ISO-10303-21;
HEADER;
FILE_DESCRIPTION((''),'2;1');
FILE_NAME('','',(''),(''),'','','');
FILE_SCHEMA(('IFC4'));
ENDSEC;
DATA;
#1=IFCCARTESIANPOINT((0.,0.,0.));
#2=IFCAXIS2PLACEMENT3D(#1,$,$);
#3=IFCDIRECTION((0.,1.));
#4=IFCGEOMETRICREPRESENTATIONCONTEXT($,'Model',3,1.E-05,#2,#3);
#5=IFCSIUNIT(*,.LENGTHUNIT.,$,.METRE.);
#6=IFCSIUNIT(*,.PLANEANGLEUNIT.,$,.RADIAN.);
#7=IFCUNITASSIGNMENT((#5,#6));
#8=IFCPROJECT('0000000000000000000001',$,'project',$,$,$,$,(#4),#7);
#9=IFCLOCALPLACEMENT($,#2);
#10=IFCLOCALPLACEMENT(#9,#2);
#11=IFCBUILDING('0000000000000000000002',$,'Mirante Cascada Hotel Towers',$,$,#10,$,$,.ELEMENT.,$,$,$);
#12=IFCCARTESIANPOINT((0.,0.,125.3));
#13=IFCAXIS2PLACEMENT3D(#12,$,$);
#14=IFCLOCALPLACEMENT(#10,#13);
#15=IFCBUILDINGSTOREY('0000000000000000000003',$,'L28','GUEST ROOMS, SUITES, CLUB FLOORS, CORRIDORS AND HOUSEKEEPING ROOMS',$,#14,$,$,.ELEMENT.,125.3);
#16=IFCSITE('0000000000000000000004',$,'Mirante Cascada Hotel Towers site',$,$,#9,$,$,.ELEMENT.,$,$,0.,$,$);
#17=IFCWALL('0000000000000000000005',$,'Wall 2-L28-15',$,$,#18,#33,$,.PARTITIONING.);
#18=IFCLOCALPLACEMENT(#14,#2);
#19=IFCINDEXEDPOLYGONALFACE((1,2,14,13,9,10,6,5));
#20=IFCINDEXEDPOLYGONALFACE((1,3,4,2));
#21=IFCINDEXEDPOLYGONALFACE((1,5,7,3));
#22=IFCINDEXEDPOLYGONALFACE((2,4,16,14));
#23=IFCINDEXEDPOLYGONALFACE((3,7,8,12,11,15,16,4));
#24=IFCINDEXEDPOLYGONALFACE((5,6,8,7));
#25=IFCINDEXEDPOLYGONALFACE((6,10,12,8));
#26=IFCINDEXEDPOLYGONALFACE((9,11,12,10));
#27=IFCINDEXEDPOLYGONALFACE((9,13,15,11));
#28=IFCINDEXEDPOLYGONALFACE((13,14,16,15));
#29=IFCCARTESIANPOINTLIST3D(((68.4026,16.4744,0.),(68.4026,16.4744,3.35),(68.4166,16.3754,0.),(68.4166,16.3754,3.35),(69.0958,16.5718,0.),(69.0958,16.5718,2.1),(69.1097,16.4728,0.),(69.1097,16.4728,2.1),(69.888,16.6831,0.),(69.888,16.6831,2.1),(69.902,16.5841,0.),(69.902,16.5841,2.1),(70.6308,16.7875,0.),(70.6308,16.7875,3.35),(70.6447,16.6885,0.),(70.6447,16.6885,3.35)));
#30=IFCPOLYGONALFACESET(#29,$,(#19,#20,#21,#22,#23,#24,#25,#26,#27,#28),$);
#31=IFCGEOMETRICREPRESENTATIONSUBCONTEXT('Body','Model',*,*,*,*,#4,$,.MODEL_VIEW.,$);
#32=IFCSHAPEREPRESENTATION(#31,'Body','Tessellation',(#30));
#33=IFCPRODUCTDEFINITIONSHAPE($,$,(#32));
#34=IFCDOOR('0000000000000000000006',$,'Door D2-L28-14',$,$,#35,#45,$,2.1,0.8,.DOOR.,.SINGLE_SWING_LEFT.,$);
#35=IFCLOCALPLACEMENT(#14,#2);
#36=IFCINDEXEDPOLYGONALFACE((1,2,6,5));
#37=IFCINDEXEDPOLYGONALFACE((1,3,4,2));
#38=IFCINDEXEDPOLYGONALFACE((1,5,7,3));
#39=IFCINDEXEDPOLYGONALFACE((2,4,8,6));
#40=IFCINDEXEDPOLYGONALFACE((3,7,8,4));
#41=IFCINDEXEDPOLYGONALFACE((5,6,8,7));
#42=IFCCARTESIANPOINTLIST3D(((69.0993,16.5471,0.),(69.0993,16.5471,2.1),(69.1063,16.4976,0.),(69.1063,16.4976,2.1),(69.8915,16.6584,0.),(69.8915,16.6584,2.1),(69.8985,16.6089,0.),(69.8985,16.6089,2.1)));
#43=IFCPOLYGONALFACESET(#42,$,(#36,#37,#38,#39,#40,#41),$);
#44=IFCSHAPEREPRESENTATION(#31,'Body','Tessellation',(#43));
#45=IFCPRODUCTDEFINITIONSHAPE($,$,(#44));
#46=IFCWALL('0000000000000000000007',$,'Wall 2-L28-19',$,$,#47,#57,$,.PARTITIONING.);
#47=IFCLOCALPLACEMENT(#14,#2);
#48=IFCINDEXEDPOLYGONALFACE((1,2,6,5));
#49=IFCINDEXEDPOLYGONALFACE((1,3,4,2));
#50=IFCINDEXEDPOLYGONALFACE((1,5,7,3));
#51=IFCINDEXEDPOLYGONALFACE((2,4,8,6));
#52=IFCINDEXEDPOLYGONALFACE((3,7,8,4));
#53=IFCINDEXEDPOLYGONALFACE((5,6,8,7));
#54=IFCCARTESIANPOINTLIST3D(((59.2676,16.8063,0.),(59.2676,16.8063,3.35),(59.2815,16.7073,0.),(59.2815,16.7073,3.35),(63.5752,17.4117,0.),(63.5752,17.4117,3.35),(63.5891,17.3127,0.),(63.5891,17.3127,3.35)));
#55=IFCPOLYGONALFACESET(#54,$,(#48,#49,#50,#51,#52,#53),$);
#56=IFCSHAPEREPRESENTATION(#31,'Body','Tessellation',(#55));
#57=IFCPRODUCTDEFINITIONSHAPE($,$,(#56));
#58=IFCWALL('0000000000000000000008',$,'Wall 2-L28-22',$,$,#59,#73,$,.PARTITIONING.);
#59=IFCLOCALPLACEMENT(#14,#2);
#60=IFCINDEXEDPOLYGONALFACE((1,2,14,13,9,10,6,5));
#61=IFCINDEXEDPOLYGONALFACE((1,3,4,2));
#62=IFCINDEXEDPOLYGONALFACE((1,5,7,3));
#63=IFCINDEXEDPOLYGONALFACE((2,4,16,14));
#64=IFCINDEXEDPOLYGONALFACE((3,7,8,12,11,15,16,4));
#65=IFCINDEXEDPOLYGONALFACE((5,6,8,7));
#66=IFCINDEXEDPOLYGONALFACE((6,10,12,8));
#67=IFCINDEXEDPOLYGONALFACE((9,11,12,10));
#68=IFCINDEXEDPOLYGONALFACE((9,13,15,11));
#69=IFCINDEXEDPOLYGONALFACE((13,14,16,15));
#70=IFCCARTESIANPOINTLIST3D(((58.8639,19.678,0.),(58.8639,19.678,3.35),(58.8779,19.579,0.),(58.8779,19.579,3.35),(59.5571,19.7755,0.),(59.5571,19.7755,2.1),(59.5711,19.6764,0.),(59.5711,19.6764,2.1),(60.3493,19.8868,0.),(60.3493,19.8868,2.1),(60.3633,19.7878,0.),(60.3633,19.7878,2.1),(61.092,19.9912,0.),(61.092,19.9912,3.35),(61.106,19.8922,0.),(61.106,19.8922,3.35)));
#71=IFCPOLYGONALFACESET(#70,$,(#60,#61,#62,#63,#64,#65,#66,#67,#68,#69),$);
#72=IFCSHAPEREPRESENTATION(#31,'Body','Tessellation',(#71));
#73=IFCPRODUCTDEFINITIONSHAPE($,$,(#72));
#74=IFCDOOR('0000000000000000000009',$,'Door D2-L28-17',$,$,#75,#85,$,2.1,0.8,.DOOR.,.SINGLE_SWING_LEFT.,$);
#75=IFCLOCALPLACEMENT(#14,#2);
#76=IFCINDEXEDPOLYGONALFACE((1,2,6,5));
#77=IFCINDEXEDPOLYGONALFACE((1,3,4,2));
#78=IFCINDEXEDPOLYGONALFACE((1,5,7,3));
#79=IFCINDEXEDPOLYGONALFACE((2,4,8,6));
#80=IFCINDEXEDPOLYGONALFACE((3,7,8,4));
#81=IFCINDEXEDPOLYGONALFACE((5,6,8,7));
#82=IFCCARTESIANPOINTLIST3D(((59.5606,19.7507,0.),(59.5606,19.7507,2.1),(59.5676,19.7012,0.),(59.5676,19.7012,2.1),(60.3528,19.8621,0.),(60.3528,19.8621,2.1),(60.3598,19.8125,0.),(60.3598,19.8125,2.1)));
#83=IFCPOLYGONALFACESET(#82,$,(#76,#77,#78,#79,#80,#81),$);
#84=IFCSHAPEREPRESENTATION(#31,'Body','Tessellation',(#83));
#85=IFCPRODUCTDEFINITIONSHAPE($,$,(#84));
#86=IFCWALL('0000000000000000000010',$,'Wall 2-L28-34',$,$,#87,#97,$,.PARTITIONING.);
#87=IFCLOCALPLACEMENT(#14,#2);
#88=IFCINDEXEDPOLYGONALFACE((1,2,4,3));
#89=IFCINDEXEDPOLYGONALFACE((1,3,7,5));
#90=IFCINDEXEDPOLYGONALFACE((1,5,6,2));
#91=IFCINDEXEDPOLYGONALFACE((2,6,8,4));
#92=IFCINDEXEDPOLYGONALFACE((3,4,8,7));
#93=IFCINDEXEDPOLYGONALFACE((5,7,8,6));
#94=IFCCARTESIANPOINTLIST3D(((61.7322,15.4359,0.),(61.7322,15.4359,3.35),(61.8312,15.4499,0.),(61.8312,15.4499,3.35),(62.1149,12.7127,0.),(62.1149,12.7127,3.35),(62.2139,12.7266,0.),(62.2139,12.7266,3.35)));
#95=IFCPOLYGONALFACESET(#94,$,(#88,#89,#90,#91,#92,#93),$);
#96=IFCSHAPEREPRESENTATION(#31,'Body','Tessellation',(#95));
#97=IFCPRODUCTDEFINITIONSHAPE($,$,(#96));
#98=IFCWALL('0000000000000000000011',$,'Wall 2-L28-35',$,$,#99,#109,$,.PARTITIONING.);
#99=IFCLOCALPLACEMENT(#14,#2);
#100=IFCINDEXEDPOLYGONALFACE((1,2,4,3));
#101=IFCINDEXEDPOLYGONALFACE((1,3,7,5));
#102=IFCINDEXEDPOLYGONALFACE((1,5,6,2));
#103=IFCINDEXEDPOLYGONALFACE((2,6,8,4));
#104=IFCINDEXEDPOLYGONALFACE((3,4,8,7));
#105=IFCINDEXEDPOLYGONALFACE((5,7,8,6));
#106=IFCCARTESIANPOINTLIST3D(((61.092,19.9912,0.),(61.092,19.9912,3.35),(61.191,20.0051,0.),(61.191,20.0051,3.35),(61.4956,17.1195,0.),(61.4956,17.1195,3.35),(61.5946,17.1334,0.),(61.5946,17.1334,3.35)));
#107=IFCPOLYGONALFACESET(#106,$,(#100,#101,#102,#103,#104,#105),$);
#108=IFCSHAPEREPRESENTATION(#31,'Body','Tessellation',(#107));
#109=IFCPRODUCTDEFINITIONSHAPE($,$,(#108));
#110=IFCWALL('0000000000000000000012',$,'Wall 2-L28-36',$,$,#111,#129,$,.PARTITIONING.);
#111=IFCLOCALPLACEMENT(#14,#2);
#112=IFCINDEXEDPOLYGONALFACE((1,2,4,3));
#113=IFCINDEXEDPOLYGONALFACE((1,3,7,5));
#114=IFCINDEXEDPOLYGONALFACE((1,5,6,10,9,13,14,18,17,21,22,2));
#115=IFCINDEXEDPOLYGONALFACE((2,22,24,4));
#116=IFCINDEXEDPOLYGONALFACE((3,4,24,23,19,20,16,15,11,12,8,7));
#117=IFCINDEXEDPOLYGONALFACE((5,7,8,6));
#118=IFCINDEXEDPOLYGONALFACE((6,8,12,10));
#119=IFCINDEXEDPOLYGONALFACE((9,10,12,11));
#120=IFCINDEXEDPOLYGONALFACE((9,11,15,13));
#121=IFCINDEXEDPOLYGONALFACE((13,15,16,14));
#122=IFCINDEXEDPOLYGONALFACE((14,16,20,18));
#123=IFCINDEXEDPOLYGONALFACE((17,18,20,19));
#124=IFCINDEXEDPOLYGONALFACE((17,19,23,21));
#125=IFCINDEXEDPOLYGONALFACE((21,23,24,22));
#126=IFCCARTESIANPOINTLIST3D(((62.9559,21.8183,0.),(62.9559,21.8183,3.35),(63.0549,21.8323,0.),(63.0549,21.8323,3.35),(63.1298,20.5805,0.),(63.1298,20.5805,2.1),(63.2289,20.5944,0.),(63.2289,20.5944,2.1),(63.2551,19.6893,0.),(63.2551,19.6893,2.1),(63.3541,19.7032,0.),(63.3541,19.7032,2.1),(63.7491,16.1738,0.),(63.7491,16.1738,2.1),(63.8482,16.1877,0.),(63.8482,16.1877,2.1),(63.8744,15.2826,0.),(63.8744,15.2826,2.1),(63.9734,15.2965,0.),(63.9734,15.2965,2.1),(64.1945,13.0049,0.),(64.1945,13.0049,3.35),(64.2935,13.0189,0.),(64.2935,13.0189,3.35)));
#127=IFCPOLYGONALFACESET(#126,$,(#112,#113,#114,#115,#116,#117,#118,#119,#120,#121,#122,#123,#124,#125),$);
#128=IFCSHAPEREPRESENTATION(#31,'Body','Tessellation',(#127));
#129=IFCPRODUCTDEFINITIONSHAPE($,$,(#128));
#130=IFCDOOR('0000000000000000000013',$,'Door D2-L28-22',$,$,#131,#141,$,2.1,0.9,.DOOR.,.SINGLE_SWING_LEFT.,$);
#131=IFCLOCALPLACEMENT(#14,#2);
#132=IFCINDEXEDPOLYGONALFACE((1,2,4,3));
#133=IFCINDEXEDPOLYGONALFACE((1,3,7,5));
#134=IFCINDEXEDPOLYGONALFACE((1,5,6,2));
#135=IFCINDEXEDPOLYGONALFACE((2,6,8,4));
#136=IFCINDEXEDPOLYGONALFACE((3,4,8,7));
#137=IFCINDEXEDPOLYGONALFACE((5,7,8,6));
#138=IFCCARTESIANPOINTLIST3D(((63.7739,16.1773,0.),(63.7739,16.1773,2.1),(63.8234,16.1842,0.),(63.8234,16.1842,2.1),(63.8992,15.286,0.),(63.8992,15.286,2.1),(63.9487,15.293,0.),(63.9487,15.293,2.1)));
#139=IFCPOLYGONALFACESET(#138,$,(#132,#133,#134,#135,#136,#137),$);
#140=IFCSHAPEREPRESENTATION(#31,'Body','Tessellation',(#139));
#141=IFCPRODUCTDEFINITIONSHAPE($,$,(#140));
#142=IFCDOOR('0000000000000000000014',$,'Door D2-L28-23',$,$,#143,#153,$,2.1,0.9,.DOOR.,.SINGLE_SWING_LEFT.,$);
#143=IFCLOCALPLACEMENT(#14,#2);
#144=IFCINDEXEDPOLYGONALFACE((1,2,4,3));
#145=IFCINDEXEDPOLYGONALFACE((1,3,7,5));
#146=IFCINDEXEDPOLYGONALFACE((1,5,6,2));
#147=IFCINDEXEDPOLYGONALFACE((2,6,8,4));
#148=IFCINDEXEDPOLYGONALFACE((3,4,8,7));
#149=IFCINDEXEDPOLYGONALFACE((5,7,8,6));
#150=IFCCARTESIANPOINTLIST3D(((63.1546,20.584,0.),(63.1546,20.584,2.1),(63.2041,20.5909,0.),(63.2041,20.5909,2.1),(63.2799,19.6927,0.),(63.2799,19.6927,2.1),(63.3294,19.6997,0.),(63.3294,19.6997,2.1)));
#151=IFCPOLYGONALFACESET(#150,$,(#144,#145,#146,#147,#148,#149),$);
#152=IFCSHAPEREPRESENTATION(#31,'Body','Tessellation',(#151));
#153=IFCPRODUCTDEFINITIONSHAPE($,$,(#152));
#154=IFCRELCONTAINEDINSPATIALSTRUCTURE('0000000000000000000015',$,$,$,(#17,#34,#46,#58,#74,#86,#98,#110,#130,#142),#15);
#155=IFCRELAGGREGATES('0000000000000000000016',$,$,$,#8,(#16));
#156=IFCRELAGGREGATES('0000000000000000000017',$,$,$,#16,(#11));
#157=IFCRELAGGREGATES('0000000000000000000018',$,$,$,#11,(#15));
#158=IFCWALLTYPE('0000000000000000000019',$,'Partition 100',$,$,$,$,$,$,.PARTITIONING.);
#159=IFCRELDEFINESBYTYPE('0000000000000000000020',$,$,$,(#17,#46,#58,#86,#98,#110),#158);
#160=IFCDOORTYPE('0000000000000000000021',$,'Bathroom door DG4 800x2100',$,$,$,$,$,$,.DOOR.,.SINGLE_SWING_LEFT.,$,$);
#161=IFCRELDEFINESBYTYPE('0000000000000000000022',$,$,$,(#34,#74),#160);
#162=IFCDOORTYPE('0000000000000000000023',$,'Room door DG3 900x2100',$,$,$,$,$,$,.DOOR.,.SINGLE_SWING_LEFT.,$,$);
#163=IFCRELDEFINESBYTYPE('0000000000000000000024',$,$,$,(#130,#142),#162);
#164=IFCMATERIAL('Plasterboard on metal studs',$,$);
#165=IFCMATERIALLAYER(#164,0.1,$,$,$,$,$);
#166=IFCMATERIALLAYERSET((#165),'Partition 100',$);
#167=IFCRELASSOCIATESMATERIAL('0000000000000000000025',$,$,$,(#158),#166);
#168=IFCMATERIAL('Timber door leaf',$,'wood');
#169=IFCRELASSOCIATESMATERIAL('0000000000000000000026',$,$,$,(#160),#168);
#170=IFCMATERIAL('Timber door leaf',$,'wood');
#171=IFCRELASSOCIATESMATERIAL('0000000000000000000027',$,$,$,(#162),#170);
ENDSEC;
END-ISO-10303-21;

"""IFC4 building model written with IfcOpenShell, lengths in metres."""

from ifc_helpers import new_model, si_unit, direction, frame, frame_2d, origin, place, context, subcontext, project, spatial, rectangle, extrude, material, layer, layer_set, type_object, element, fill, save


model = new_model("IFC4")

# Units and contexts
model_context = context("Model", 3, precision=1e-05, world=origin(), true_north=direction((0.0, 1.0)))
body_context = subcontext(model_context, "Body", "Model", "MODEL_VIEW")
ifc_project = project(units=[si_unit("LENGTHUNIT", "METRE"), si_unit("PLANEANGLEUNIT", "RADIAN")], contexts=[model_context])

# Site, building, storey
site_placement = place(None, origin())
site = spatial("IfcSite", under=ifc_project, at=site_placement, Name="Mirante Cascada Hotel Towers site", CompositionType="ELEMENT", RefElevation=0.0)
building_placement = place(site_placement, origin())
building = spatial("IfcBuilding", under=site, at=building_placement, Name="Mirante Cascada Hotel Towers", CompositionType="ELEMENT")
storey_placement = place(building_placement, frame((0.0, 0.0, 125.3)))
storey = spatial("IfcBuildingStorey", under=building, at=storey_placement, Name="L28", Description="GUEST ROOMS, SUITES, CLUB FLOORS, CORRIDORS AND HOUSEKEEPING ROOMS", CompositionType="ELEMENT", Elevation=125.3)

# Shared definitions
ifc_material_1 = material(Name="Plasterboard on metal studs")
ifc_layer_1 = layer(ifc_material_1, 0.1)
ifc_layer_set_1 = layer_set([ifc_layer_1], Name="Partition 100")
wall_type = type_object("IfcWallType", Name="Partition 100", PredefinedType="PARTITIONING", material=ifc_layer_set_1)
ifc_material_2 = material(Name="Timber door leaf", Category="wood")
door_type_1 = type_object("IfcDoorType", Name="Bathroom door DG4 800x2100", OperationType="SINGLE_SWING_LEFT", PredefinedType="DOOR", material=ifc_material_2)

# Wall, opening, door
wall_1_placement = place(storey_placement, frame((68.4096, 16.4249, 0.0), z_axis=(0.0, 0.0, 1.0), x_axis=(0.990271, 0.139156, 0.0)))
wall_1 = element("IfcWall", 1, at=wall_1_placement, inside=storey, type_object=wall_type, Name="Wall 2-L28-15", PredefinedType="PARTITIONING", context=body_context, shape_type="SweptSolid", body=[
    extrude(rectangle(XDim=2.25, YDim=0.1, at=frame_2d((1.125, 0.0))), origin(), (0.0, 0.0, 1.0), 3.35),
])
opening_1_placement = place(wall_1_placement, frame((0.7, 0.0, 0.0)))
opening_1 = element("IfcOpeningElement", 2, at=opening_1_placement, cuts=wall_1, PredefinedType="OPENING", context=body_context, shape_type="SweptSolid", body=[
    extrude(rectangle(XDim=0.8, YDim=2.1, at=frame_2d((0.4, 1.05))), frame((0.0, 0.05, 0.0), z_axis=(0.0, -1.0, 0.0), x_axis=(1.0, 0.0, 0.0)), (0.0, 0.0, 1.0), 0.1),
])
door_1_placement = place(opening_1_placement, origin())
door_1 = element("IfcDoor", 3, at=door_1_placement, inside=storey, type_object=door_type_1, Name="Door D2-L28-14", OperationType="SINGLE_SWING_LEFT", OverallHeight=2.1, OverallWidth=0.8, PredefinedType="DOOR", context=body_context, shape_type="SweptSolid", body=[
    extrude(rectangle(XDim=0.8, YDim=2.1, at=frame_2d((0.4, 1.05))), frame((0.0, 0.025, 0.0), z_axis=(0.0, -1.0, 0.0), x_axis=(1.0, 0.0, 0.0)), (0.0, 0.0, 1.0), 0.05),
])
fill(opening_1, door_1)

# Wall
wall_2_placement = place(storey_placement, frame((59.2745, 16.7568, 0.0), z_axis=(0.0, 0.0, 1.0), x_axis=(0.990268, 0.139175, 0.0)))
element("IfcWall", 4, at=wall_2_placement, inside=storey, type_object=wall_type, Name="Wall 2-L28-19", PredefinedType="PARTITIONING", context=body_context, shape_type="SweptSolid", body=[
    extrude(rectangle(XDim=4.3499, YDim=0.1, at=frame_2d((2.175, 0.0))), origin(), (0.0, 0.0, 1.0), 3.35),
])

# Wall, opening, door
wall_3_placement = place(storey_placement, frame((61.099, 19.9417, 0.0), z_axis=(0.0, 0.0, 1.0), x_axis=(-0.990264, -0.1392, 0.0)))
wall_3 = element("IfcWall", 5, at=wall_3_placement, inside=storey, type_object=wall_type, Name="Wall 2-L28-22", PredefinedType="PARTITIONING", context=body_context, shape_type="SweptSolid", body=[
    extrude(rectangle(XDim=2.25, YDim=0.1, at=frame_2d((1.125, 0.0))), origin(), (0.0, 0.0, 1.0), 3.35),
])
opening_2_placement = place(wall_3_placement, frame((0.75, 0.0, 0.0)))
opening_2 = element("IfcOpeningElement", 6, at=opening_2_placement, cuts=wall_3, PredefinedType="OPENING", context=body_context, shape_type="SweptSolid", body=[
    extrude(rectangle(XDim=0.8, YDim=2.1, at=frame_2d((0.4, 1.05))), frame((0.0, 0.05, 0.0), z_axis=(0.0, -1.0, 0.0), x_axis=(1.0, 0.0, 0.0)), (0.0, 0.0, 1.0), 0.1),
])
door_2_placement = place(opening_2_placement, origin())
door_2 = element("IfcDoor", 7, at=door_2_placement, inside=storey, type_object=door_type_1, Name="Door D2-L28-17", OperationType="SINGLE_SWING_LEFT", OverallHeight=2.1, OverallWidth=0.8, PredefinedType="DOOR", context=body_context, shape_type="SweptSolid", body=[
    extrude(rectangle(XDim=0.8, YDim=2.1, at=frame_2d((0.4, 1.05))), frame((0.0, 0.025, 0.0), z_axis=(0.0, -1.0, 0.0), x_axis=(1.0, 0.0, 0.0)), (0.0, 0.0, 1.0), 0.05),
])
fill(opening_2, door_2)

# Walls
wall_4_placement = place(storey_placement, frame((61.7817, 15.4429, 0.0), z_axis=(0.0, 0.0, 1.0), x_axis=(0.139166, -0.990269, 0.0)))
element("IfcWall", 8, at=wall_4_placement, inside=storey, type_object=wall_type, Name="Wall 2-L28-34", PredefinedType="PARTITIONING", context=body_context, shape_type="SweptSolid", body=[
    extrude(rectangle(XDim=2.75, YDim=0.1, at=frame_2d((1.375, 0.0))), origin(), (0.0, 0.0, 1.0), 3.35),
])
wall_5_placement = place(storey_placement, frame((61.5451, 17.1264, 0.0), z_axis=(0.0, 0.0, 1.0), x_axis=(-0.139176, 0.990268, 0.0)))
element("IfcWall", 9, at=wall_5_placement, inside=storey, type_object=wall_type, Name="Wall 2-L28-35", PredefinedType="PARTITIONING", context=body_context, shape_type="SweptSolid", body=[
    extrude(rectangle(XDim=2.8999, YDim=0.1, at=frame_2d((1.45, 0.0))), origin(), (0.0, 0.0, 1.0), 3.35),
])

# Wall, openings, doors
wall_6_placement = place(storey_placement, frame((63.0054, 21.8253, 0.0), z_axis=(0.0, 0.0, 1.0), x_axis=(0.139168, -0.990269, 0.0)))
wall_6 = element("IfcWall", 10, at=wall_6_placement, inside=storey, type_object=wall_type, Name="Wall 2-L28-36", PredefinedType="PARTITIONING", context=body_context, shape_type="SweptSolid", body=[
    extrude(rectangle(XDim=8.9, YDim=0.1, at=frame_2d((4.45, 0.0))), origin(), (0.0, 0.0, 1.0), 3.35),
])
opening_3_placement = place(wall_6_placement, frame((5.7, 0.0, 0.0)))
opening_3 = element("IfcOpeningElement", 11, at=opening_3_placement, cuts=wall_6, PredefinedType="OPENING", context=body_context, shape_type="SweptSolid", body=[
    extrude(rectangle(XDim=0.9, YDim=2.1, at=frame_2d((0.45, 1.05))), frame((0.0, 0.05, 0.0), z_axis=(0.0, -1.0, 0.0), x_axis=(1.0, 0.0, 0.0)), (0.0, 0.0, 1.0), 0.1),
])
opening_4_placement = place(wall_6_placement, frame((1.25, 0.0, 0.0)))
opening_4 = element("IfcOpeningElement", 12, at=opening_4_placement, cuts=wall_6, PredefinedType="OPENING", context=body_context, shape_type="SweptSolid", body=[
    extrude(rectangle(XDim=0.9, YDim=2.1, at=frame_2d((0.45, 1.05))), frame((0.0, 0.05, 0.0), z_axis=(0.0, -1.0, 0.0), x_axis=(1.0, 0.0, 0.0)), (0.0, 0.0, 1.0), 0.1),
])
ifc_material_3 = material(Name="Timber door leaf", Category="wood")
door_type_2 = type_object("IfcDoorType", Name="Room door DG3 900x2100", OperationType="SINGLE_SWING_LEFT", PredefinedType="DOOR", material=ifc_material_3)
door_3_placement = place(opening_3_placement, origin())
door_3 = element("IfcDoor", 13, at=door_3_placement, inside=storey, type_object=door_type_2, Name="Door D2-L28-22", OperationType="SINGLE_SWING_LEFT", OverallHeight=2.1, OverallWidth=0.9, PredefinedType="DOOR", context=body_context, shape_type="SweptSolid", body=[
    extrude(rectangle(XDim=0.9, YDim=2.1, at=frame_2d((0.45, 1.05))), frame((0.0, 0.025, 0.0), z_axis=(0.0, -1.0, 0.0), x_axis=(1.0, 0.0, 0.0)), (0.0, 0.0, 1.0), 0.05),
])
fill(opening_3, door_3)
door_4_placement = place(opening_4_placement, origin())
door_4 = element("IfcDoor", 14, at=door_4_placement, inside=storey, type_object=door_type_2, Name="Door D2-L28-23", OperationType="SINGLE_SWING_LEFT", OverallHeight=2.1, OverallWidth=0.9, PredefinedType="DOOR", context=body_context, shape_type="SweptSolid", body=[
    extrude(rectangle(XDim=0.9, YDim=2.1, at=frame_2d((0.45, 1.05))), frame((0.0, 0.025, 0.0), z_axis=(0.0, -1.0, 0.0), x_axis=(1.0, 0.0, 0.0)), (0.0, 0.0, 1.0), 0.05),
])
fill(opening_4, door_4)

save(model, "model.ifc")
